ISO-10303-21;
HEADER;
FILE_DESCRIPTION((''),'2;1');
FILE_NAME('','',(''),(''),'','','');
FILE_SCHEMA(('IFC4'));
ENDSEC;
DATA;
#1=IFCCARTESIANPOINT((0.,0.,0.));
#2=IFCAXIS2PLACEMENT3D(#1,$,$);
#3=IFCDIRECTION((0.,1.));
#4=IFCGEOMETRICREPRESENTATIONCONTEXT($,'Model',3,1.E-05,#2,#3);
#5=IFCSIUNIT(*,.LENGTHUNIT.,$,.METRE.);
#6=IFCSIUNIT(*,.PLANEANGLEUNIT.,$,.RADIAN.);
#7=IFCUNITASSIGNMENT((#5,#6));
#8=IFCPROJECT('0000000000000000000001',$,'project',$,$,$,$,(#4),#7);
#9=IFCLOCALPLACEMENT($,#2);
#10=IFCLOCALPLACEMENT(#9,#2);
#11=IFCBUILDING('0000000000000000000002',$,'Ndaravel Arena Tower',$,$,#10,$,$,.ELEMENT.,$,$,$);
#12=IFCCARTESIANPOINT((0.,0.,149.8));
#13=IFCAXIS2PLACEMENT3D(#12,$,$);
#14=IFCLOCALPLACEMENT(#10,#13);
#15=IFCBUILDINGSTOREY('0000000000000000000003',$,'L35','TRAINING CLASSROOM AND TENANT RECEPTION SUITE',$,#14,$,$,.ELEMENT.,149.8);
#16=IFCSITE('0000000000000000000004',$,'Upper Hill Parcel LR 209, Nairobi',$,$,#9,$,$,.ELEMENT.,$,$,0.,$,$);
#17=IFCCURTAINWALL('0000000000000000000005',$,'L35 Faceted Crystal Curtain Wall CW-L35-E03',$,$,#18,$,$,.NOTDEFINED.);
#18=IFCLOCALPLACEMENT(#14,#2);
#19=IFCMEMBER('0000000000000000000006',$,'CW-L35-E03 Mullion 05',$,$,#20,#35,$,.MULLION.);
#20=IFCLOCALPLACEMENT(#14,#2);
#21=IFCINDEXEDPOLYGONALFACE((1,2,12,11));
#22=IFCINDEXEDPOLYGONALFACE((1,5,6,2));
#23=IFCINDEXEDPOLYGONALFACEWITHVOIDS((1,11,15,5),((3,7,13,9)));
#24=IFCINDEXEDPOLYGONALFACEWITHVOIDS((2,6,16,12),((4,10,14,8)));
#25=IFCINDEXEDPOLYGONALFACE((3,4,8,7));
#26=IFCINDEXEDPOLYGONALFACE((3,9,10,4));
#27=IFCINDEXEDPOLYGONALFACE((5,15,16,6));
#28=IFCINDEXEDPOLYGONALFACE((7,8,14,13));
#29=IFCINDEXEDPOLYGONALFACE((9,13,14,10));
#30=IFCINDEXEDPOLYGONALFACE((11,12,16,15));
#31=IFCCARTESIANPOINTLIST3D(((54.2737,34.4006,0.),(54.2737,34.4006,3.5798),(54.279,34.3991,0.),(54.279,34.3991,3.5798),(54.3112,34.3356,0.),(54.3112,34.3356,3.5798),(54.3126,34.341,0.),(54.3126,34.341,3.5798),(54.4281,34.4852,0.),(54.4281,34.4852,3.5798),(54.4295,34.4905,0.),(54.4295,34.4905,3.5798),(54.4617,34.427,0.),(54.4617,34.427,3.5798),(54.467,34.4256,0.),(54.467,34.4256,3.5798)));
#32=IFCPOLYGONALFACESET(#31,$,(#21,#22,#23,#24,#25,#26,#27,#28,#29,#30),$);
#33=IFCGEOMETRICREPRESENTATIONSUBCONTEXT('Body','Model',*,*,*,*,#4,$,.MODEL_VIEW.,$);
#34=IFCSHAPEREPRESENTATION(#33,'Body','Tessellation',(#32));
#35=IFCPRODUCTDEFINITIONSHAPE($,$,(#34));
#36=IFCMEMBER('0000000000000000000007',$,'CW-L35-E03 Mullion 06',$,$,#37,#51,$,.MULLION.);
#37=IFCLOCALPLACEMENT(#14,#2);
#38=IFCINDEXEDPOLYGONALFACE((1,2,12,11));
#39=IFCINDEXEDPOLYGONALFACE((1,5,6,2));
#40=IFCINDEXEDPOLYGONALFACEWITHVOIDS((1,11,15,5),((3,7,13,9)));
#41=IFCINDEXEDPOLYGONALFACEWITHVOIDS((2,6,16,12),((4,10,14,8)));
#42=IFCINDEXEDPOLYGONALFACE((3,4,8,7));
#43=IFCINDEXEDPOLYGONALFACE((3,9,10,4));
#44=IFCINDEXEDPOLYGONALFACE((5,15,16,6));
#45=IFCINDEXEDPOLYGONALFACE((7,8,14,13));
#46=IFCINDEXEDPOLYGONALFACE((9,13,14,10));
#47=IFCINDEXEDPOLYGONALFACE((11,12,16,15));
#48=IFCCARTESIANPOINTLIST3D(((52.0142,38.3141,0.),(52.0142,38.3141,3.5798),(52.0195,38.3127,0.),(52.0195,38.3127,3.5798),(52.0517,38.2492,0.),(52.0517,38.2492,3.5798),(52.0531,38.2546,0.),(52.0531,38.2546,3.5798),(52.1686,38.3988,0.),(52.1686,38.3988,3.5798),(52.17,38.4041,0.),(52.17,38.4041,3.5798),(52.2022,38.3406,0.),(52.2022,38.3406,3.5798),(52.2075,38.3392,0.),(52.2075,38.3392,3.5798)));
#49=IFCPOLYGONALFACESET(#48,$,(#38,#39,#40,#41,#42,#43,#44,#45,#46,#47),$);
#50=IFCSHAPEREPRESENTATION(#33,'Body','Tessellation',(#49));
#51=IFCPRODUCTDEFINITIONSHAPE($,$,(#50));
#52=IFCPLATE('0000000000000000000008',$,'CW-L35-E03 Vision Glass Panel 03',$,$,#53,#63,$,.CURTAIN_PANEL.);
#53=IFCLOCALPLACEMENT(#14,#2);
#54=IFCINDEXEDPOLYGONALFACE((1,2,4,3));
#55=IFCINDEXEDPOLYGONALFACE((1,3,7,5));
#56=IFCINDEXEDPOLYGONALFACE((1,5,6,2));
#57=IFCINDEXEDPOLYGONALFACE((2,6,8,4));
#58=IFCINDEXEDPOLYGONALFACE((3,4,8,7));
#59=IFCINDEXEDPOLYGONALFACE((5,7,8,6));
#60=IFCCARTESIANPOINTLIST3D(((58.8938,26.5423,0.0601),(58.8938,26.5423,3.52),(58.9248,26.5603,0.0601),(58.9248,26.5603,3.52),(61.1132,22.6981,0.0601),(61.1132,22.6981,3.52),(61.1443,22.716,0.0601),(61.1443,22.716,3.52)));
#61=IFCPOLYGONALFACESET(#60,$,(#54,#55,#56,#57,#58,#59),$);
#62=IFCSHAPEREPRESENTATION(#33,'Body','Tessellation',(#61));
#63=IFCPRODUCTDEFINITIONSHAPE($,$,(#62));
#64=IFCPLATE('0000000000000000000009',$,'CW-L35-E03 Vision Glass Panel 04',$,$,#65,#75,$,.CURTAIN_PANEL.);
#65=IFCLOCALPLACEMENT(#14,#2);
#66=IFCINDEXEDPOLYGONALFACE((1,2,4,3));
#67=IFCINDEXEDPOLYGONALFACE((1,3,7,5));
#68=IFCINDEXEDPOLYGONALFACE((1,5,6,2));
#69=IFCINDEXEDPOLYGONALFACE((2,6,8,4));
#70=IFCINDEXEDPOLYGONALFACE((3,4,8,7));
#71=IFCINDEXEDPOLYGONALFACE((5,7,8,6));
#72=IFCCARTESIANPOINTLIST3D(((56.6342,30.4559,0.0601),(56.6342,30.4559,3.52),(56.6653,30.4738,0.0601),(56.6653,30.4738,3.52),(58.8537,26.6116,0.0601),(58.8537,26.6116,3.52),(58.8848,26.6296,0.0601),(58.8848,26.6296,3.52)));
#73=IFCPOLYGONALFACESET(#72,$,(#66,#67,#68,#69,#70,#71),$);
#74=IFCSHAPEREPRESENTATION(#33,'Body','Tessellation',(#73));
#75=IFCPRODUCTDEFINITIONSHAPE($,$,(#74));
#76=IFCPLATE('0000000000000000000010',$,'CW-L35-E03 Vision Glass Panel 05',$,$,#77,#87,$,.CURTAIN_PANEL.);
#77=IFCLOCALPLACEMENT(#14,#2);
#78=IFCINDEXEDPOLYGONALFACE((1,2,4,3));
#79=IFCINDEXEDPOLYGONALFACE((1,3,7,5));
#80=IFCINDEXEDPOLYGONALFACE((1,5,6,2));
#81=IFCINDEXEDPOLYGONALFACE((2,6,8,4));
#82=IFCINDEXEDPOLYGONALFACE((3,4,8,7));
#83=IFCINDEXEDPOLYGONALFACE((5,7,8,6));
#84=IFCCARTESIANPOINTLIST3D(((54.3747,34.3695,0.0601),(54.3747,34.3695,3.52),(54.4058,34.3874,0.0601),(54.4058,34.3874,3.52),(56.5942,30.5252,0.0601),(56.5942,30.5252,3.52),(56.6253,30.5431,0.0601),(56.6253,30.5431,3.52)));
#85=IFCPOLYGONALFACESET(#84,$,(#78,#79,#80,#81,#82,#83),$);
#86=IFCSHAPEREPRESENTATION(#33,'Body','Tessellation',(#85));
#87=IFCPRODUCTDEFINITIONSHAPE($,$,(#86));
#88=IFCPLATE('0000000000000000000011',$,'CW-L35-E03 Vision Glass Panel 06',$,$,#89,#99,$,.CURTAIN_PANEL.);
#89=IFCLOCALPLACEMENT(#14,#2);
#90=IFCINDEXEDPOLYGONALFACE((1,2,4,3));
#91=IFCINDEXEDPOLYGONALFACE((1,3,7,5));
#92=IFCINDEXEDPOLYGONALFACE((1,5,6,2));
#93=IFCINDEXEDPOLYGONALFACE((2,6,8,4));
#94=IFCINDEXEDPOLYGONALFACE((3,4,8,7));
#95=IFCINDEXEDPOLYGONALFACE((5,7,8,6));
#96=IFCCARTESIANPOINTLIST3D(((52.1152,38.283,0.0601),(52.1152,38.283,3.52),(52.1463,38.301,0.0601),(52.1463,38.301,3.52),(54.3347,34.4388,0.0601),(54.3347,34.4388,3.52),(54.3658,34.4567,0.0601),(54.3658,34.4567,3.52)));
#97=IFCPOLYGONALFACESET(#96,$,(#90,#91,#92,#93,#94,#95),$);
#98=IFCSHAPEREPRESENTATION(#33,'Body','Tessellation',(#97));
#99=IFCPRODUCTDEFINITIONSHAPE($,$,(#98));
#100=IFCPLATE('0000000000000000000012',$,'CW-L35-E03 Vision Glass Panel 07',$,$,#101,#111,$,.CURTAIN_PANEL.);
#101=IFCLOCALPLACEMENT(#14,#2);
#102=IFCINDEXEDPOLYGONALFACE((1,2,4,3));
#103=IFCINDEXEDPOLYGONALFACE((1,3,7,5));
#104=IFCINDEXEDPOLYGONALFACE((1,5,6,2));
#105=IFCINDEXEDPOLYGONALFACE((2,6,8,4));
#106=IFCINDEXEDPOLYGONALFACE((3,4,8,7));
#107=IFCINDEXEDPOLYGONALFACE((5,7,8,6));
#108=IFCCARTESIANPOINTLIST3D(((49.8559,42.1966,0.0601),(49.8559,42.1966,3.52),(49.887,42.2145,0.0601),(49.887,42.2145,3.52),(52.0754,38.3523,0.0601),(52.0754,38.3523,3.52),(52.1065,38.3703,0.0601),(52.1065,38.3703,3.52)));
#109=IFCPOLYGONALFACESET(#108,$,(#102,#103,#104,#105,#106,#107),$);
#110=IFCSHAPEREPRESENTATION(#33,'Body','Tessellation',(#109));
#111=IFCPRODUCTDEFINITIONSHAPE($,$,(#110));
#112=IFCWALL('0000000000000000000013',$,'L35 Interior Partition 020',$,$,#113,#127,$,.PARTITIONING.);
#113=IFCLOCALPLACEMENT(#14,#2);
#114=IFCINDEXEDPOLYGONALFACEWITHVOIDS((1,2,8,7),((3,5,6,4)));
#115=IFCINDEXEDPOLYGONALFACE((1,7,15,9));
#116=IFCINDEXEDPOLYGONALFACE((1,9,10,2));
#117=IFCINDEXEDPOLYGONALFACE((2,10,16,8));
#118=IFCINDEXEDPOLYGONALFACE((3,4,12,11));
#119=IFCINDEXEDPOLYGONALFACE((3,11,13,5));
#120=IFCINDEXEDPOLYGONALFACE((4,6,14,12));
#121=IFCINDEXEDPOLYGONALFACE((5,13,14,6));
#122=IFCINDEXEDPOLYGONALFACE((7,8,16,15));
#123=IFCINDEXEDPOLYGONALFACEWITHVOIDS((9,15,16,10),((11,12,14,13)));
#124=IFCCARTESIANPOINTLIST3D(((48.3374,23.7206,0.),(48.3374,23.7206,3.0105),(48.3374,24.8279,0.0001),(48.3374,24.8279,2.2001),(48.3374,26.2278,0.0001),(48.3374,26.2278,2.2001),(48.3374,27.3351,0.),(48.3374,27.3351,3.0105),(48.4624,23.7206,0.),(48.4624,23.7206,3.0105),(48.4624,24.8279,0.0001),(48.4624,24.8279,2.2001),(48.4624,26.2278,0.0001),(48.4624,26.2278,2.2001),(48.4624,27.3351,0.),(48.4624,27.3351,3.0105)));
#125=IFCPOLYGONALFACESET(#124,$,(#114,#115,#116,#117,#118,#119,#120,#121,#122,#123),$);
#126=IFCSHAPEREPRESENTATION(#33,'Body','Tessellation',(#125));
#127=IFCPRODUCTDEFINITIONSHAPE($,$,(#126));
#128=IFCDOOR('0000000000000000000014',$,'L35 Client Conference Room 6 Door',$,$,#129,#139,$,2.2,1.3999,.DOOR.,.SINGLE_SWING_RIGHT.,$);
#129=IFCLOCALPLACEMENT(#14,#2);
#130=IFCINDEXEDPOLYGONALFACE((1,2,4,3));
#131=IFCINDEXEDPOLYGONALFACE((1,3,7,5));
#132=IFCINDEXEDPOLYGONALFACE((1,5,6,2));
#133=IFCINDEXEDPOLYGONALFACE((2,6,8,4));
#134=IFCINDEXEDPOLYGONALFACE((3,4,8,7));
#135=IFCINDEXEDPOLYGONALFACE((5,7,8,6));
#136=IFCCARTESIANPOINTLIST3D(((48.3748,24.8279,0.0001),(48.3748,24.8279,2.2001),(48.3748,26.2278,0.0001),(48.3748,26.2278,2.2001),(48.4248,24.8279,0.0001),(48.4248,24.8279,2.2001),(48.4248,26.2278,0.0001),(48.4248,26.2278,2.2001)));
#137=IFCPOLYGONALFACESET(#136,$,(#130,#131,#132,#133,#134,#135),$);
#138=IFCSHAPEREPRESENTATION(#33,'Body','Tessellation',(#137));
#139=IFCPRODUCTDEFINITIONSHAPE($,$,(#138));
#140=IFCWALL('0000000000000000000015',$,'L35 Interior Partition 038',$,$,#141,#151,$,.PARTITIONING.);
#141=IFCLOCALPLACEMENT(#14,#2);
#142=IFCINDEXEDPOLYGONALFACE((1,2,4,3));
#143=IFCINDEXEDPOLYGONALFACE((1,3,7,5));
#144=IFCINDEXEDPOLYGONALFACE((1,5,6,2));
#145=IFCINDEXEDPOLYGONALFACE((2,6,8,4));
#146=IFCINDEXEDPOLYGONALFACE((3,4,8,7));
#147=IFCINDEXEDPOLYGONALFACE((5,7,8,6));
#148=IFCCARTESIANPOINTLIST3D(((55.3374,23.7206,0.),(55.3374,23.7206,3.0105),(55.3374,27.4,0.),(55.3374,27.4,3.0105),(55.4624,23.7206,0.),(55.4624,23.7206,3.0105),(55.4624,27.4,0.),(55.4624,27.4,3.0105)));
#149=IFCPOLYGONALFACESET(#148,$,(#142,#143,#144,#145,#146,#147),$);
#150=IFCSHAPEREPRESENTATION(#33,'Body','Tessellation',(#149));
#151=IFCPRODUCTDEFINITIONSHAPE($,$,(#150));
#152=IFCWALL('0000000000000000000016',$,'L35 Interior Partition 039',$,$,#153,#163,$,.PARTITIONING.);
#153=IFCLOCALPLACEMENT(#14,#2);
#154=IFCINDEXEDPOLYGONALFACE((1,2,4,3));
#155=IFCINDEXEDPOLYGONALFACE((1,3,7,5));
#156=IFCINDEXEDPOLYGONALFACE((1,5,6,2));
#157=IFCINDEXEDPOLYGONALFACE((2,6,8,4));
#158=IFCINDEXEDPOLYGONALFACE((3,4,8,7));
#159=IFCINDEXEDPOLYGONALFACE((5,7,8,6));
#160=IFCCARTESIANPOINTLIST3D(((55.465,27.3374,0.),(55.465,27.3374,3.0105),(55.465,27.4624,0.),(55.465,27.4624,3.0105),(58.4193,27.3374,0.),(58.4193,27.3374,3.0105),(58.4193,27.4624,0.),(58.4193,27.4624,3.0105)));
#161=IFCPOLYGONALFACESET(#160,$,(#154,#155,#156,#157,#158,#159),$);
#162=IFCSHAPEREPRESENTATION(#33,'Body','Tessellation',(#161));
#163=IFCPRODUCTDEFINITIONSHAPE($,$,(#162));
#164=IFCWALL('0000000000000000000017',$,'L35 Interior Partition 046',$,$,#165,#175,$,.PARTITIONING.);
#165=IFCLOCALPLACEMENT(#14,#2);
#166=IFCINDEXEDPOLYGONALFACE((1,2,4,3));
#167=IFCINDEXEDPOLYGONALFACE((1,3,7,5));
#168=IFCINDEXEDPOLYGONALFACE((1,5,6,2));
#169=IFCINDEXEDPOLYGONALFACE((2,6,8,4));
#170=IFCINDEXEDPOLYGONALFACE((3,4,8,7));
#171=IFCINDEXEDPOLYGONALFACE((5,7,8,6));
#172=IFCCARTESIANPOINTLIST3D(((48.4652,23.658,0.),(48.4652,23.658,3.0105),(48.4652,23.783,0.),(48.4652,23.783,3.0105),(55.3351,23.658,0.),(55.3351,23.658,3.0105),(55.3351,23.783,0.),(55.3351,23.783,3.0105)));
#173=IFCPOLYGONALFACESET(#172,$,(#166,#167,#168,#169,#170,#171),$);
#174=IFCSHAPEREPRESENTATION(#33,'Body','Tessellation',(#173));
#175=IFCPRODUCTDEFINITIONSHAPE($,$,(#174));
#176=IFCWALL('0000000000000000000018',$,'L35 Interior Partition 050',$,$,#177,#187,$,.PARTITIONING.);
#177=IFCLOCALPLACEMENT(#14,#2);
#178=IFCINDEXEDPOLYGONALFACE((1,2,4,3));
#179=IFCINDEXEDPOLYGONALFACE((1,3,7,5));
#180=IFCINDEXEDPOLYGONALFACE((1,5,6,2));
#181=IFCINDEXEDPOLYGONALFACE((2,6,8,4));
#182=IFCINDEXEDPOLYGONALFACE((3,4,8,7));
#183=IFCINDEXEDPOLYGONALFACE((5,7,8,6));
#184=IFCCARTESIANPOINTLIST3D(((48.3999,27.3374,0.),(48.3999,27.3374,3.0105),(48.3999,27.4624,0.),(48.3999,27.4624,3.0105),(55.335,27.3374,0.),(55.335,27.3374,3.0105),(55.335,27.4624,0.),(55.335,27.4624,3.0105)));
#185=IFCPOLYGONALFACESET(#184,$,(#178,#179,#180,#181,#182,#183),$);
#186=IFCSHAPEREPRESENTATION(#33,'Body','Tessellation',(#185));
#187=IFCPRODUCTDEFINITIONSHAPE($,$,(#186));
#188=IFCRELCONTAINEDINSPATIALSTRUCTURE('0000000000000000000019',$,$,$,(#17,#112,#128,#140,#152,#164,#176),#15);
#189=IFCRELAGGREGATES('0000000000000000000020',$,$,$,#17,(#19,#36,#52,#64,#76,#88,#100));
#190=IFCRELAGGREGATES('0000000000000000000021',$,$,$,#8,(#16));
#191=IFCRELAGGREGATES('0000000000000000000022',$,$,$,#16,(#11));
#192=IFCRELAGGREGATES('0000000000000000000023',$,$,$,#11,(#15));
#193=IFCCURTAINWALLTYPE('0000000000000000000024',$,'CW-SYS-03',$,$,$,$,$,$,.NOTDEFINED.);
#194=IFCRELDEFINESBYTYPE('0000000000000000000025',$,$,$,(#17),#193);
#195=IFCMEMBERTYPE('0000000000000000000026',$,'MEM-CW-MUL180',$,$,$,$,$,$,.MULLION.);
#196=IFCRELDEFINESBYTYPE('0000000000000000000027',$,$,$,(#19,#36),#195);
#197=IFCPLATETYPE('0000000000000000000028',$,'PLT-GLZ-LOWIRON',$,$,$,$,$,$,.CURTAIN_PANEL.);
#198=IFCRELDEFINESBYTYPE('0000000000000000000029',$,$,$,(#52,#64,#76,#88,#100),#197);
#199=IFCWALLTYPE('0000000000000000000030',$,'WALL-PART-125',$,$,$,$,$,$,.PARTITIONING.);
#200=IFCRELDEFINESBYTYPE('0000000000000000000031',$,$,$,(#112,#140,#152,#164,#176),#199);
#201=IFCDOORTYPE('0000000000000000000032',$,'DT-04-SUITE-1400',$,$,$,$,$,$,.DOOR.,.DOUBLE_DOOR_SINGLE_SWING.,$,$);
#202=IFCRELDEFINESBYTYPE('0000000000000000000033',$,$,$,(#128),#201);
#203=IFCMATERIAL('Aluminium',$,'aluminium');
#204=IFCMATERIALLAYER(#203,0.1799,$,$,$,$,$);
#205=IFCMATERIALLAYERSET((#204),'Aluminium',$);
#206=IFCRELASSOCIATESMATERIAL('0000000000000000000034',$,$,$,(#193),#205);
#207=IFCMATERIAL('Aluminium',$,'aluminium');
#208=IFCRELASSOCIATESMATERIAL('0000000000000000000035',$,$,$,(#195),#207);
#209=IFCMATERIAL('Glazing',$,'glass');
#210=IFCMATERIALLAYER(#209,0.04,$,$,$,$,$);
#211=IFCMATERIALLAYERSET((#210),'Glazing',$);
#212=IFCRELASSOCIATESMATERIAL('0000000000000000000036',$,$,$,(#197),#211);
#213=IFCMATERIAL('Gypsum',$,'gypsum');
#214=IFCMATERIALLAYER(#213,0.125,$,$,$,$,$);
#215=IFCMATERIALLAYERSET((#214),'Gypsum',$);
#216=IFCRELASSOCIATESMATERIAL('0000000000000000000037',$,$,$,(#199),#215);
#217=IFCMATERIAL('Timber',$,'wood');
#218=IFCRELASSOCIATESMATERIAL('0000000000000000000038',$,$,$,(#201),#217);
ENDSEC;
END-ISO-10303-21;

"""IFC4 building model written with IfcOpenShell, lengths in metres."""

from ifc_helpers import new_model, si_unit, direction, frame, frame_2d, origin, origin_2d, place, context, subcontext, project, spatial, rectangle, hollow_rectangle, extrude, material, layer, layer_set, material_profile, profile_set, type_object, element, fill, aggregate, save


model = new_model("IFC4")

# Units and contexts
model_context = context("Model", 3, precision=1e-05, world=origin(), true_north=direction((0.0, 1.0)))
body_context = subcontext(model_context, "Body", "Model", "MODEL_VIEW")
ifc_project = project(units=[si_unit("LENGTHUNIT", "METRE"), si_unit("PLANEANGLEUNIT", "RADIAN")], contexts=[model_context])

# Site, building, storey
site_placement = place(None, origin())
site = spatial("IfcSite", under=ifc_project, at=site_placement, Name="Upper Hill Parcel LR 209, Nairobi", CompositionType="ELEMENT", RefElevation=0.0)
building_placement = place(site_placement, origin())
building = spatial("IfcBuilding", under=site, at=building_placement, Name="Ndaravel Arena Tower", CompositionType="ELEMENT")
storey_placement = place(building_placement, frame((0.0, 0.0, 149.8)))
storey = spatial("IfcBuildingStorey", under=building, at=storey_placement, Name="L35", Description="TRAINING CLASSROOM AND TENANT RECEPTION SUITE", CompositionType="ELEMENT", Elevation=149.8)

# Curtain wall, members, plates
ifc_material_1 = material(Name="Aluminium", Category="aluminium")
ifc_layer_1 = layer(ifc_material_1, 0.1799)
ifc_layer_set_1 = layer_set([ifc_layer_1], Name="Aluminium")
curtain_wall_type = type_object("IfcCurtainWallType", Name="CW-SYS-03", PredefinedType="NOTDEFINED", material=ifc_layer_set_1)
curtain_wall_placement = place(storey_placement, origin())
curtain_wall = element("IfcCurtainWall", 1, at=curtain_wall_placement, inside=storey, type_object=curtain_wall_type, Name="L35 Faceted Crystal Curtain Wall CW-L35-E03", PredefinedType="NOTDEFINED")
ifc_material_2 = material(Name="Aluminium", Category="aluminium")
ifc_material_profile_1 = material_profile(ifc_material_2, hollow_rectangle(XDim=0.075, YDim=0.1799, WallThickness=0.0039, at=origin_2d()), Name="CW MULLION 75x180x4")
ifc_profile_set_1 = profile_set([ifc_material_profile_1], Name="Aluminium")
member_type = type_object("IfcMemberType", Name="MEM-CW-MUL180", PredefinedType="MULLION", material=ifc_profile_set_1)
member_1_placement = place(storey_placement, frame((54.3704, 34.4131, 0.0), z_axis=(0.0, 0.0, 1.0), x_axis=(-0.5, 0.866025, 0.0)))
member_1 = element("IfcMember", 2, at=member_1_placement, type_object=member_type, Name="CW-L35-E03 Mullion 05", PredefinedType="MULLION", context=body_context, shape_type="SweptSolid", body=[
    extrude(hollow_rectangle(XDim=0.075, YDim=0.1799, WallThickness=0.0039, at=origin_2d()), origin(), (0.0, 0.0, 1.0), 3.5798),
])
member_2_placement = place(storey_placement, frame((52.1108, 38.3267, 0.0), z_axis=(0.0, 0.0, 1.0), x_axis=(-0.5, 0.866025, 0.0)))
member_2 = element("IfcMember", 3, at=member_2_placement, type_object=member_type, Name="CW-L35-E03 Mullion 06", PredefinedType="MULLION", context=body_context, shape_type="SweptSolid", body=[
    extrude(hollow_rectangle(XDim=0.075, YDim=0.1799, WallThickness=0.0039, at=origin_2d()), origin(), (0.0, 0.0, 1.0), 3.5798),
])
ifc_material_3 = material(Name="Glazing", Category="glass")
ifc_layer_2 = layer(ifc_material_3, 0.04)
ifc_layer_set_2 = layer_set([ifc_layer_2], Name="Glazing")
plate_type = type_object("IfcPlateType", Name="PLT-GLZ-LOWIRON", PredefinedType="CURTAIN_PANEL", material=ifc_layer_set_2)
plate_1_placement = place(storey_placement, frame((60.019, 24.6292, 0.0601), z_axis=(0.0, 0.0, 1.0), x_axis=(-0.5, 0.866025, 0.0)))
plate_1 = element("IfcPlate", 4, at=plate_1_placement, type_object=plate_type, Name="CW-L35-E03 Vision Glass Panel 03", PredefinedType="CURTAIN_PANEL", context=body_context, shape_type="SweptSolid", body=[
    extrude(rectangle(XDim=4.439, YDim=0.0359, at=origin_2d()), origin(), (0.0, 0.0, 1.0), 3.46),
])
plate_2_placement = place(storey_placement, frame((57.7595, 28.5427, 0.0601), z_axis=(0.0, 0.0, 1.0), x_axis=(-0.5, 0.866025, 0.0)))
plate_2 = element("IfcPlate", 5, at=plate_2_placement, type_object=plate_type, Name="CW-L35-E03 Vision Glass Panel 04", PredefinedType="CURTAIN_PANEL", context=body_context, shape_type="SweptSolid", body=[
    extrude(rectangle(XDim=4.439, YDim=0.0359, at=origin_2d()), origin(), (0.0, 0.0, 1.0), 3.46),
])
plate_3_placement = place(storey_placement, frame((55.5, 32.4563, 0.0601), z_axis=(0.0, 0.0, 1.0), x_axis=(-0.5, 0.866025, 0.0)))
plate_3 = element("IfcPlate", 6, at=plate_3_placement, type_object=plate_type, Name="CW-L35-E03 Vision Glass Panel 05", PredefinedType="CURTAIN_PANEL", context=body_context, shape_type="SweptSolid", body=[
    extrude(rectangle(XDim=4.439, YDim=0.0359, at=origin_2d()), origin(), (0.0, 0.0, 1.0), 3.46),
])
plate_4_placement = place(storey_placement, frame((53.2405, 36.3699, 0.0601), z_axis=(0.0, 0.0, 1.0), x_axis=(-0.5, 0.866025, 0.0)))
plate_4 = element("IfcPlate", 7, at=plate_4_placement, type_object=plate_type, Name="CW-L35-E03 Vision Glass Panel 06", PredefinedType="CURTAIN_PANEL", context=body_context, shape_type="SweptSolid", body=[
    extrude(rectangle(XDim=4.439, YDim=0.0359, at=origin_2d()), origin(), (0.0, 0.0, 1.0), 3.46),
])
plate_5_placement = place(storey_placement, frame((50.9812, 40.2834, 0.0601), z_axis=(0.0, 0.0, 1.0), x_axis=(-0.5, 0.866025, 0.0)))
plate_5 = element("IfcPlate", 8, at=plate_5_placement, type_object=plate_type, Name="CW-L35-E03 Vision Glass Panel 07", PredefinedType="CURTAIN_PANEL", context=body_context, shape_type="SweptSolid", body=[
    extrude(rectangle(XDim=4.439, YDim=0.0359, at=origin_2d()), origin(), (0.0, 0.0, 1.0), 3.46),
])
aggregate(curtain_wall, [member_1, member_2, plate_1, plate_2, plate_3, plate_4, plate_5])

# Wall, opening, door
ifc_material_4 = material(Name="Gypsum", Category="gypsum")
ifc_layer_3 = layer(ifc_material_4, 0.125)
ifc_layer_set_3 = layer_set([ifc_layer_3], Name="Gypsum")
wall_type_1 = type_object("IfcWallType", Name="WALL-PART-125", PredefinedType="PARTITIONING", material=ifc_layer_set_3)
wall_1_placement = place(storey_placement, frame((48.3999, 27.335, 0.0), z_axis=(0.0, 0.0, 1.0), x_axis=(0.0, -1.0, 0.0)))
wall_1 = element("IfcWall", 9, at=wall_1_placement, inside=storey, type_object=wall_type_1, Name="L35 Interior Partition 020", PredefinedType="PARTITIONING", context=body_context, shape_type="SweptSolid", body=[
    extrude(rectangle(XDim=3.6145, YDim=0.125, at=frame_2d((1.8071, 0.0))), origin(), (0.0, 0.0, 1.0), 3.0105),
])
opening_1_placement = place(wall_1_placement, frame((1.1072, 0.0, 0.0)))
opening_1 = element("IfcOpeningElement", 10, at=opening_1_placement, cuts=wall_1, PredefinedType="OPENING", context=body_context, shape_type="SweptSolid", body=[
    extrude(rectangle(XDim=1.3999, YDim=2.2, at=frame_2d((0.7, 1.1001))), frame((0.0, 0.0625, 0.0), z_axis=(0.0, -1.0, 0.0), x_axis=(1.0, 0.0, 0.0)), (0.0, 0.0, 1.0), 0.125),
])
ifc_material_5 = material(Name="Timber", Category="wood")
door_type_1 = type_object("IfcDoorType", Name="DT-04-SUITE-1400", OperationType="DOUBLE_DOOR_SINGLE_SWING", PredefinedType="DOOR", material=ifc_material_5)
door_1_placement = place(opening_1_placement, origin())
door_1 = element("IfcDoor", 11, at=door_1_placement, inside=storey, type_object=door_type_1, Name="L35 Client Conference Room 6 Door", OperationType="SINGLE_SWING_RIGHT", OverallHeight=2.2, OverallWidth=1.3999, PredefinedType="DOOR", context=body_context, shape_type="SweptSolid", body=[
    extrude(rectangle(XDim=1.3999, YDim=2.2, at=frame_2d((0.7, 1.1001))), frame((0.0, 0.0249, 0.0), z_axis=(0.0, -1.0, 0.0), x_axis=(1.0, 0.0, 0.0)), (0.0, 0.0, 1.0), 0.05),
])
fill(opening_1, door_1)

# Walls
wall_2_placement = place(storey_placement, frame((55.3999, 23.7205, 0.0), z_axis=(0.0, 0.0, 1.0), x_axis=(0.0, 1.0, 0.0)))
element("IfcWall", 12, at=wall_2_placement, inside=storey, type_object=wall_type_1, Name="L35 Interior Partition 038", PredefinedType="PARTITIONING", context=body_context, shape_type="SweptSolid", body=[
    extrude(rectangle(XDim=3.6794, YDim=0.125, at=frame_2d((1.8398, 0.0))), origin(), (0.0, 0.0, 1.0), 3.0105),
])
wall_3_placement = place(storey_placement, frame((55.4651, 27.3999, 0.0), z_axis=(0.0, 0.0, 1.0), x_axis=(1.0, 0.0, 0.0)))
element("IfcWall", 13, at=wall_3_placement, inside=storey, type_object=wall_type_1, Name="L35 Interior Partition 039", PredefinedType="PARTITIONING", context=body_context, shape_type="SweptSolid", body=[
    extrude(rectangle(XDim=2.9543, YDim=0.125, at=frame_2d((1.4771, 0.0))), origin(), (0.0, 0.0, 1.0), 3.0105),
])
wall_4_placement = place(storey_placement, frame((48.4651, 23.7205, 0.0), z_axis=(0.0, 0.0, 1.0), x_axis=(1.0, 0.0, 0.0)))
element("IfcWall", 14, at=wall_4_placement, inside=storey, type_object=wall_type_1, Name="L35 Interior Partition 046", PredefinedType="PARTITIONING", context=body_context, shape_type="SweptSolid", body=[
    extrude(rectangle(XDim=6.8699, YDim=0.125, at=frame_2d((3.4351, 0.0))), origin(), (0.0, 0.0, 1.0), 3.0105),
])
wall_5_placement = place(storey_placement, frame((48.3999, 27.3999, 0.0), z_axis=(0.0, 0.0, 1.0), x_axis=(1.0, 0.0, 0.0)))
element("IfcWall", 15, at=wall_5_placement, inside=storey, type_object=wall_type_1, Name="L35 Interior Partition 050", PredefinedType="PARTITIONING", context=body_context, shape_type="SweptSolid", body=[
    extrude(rectangle(XDim=6.9351, YDim=0.125, at=frame_2d((3.4675, 0.0))), origin(), (0.0, 0.0, 1.0), 3.0105),
])

save(model, "model.ifc")
